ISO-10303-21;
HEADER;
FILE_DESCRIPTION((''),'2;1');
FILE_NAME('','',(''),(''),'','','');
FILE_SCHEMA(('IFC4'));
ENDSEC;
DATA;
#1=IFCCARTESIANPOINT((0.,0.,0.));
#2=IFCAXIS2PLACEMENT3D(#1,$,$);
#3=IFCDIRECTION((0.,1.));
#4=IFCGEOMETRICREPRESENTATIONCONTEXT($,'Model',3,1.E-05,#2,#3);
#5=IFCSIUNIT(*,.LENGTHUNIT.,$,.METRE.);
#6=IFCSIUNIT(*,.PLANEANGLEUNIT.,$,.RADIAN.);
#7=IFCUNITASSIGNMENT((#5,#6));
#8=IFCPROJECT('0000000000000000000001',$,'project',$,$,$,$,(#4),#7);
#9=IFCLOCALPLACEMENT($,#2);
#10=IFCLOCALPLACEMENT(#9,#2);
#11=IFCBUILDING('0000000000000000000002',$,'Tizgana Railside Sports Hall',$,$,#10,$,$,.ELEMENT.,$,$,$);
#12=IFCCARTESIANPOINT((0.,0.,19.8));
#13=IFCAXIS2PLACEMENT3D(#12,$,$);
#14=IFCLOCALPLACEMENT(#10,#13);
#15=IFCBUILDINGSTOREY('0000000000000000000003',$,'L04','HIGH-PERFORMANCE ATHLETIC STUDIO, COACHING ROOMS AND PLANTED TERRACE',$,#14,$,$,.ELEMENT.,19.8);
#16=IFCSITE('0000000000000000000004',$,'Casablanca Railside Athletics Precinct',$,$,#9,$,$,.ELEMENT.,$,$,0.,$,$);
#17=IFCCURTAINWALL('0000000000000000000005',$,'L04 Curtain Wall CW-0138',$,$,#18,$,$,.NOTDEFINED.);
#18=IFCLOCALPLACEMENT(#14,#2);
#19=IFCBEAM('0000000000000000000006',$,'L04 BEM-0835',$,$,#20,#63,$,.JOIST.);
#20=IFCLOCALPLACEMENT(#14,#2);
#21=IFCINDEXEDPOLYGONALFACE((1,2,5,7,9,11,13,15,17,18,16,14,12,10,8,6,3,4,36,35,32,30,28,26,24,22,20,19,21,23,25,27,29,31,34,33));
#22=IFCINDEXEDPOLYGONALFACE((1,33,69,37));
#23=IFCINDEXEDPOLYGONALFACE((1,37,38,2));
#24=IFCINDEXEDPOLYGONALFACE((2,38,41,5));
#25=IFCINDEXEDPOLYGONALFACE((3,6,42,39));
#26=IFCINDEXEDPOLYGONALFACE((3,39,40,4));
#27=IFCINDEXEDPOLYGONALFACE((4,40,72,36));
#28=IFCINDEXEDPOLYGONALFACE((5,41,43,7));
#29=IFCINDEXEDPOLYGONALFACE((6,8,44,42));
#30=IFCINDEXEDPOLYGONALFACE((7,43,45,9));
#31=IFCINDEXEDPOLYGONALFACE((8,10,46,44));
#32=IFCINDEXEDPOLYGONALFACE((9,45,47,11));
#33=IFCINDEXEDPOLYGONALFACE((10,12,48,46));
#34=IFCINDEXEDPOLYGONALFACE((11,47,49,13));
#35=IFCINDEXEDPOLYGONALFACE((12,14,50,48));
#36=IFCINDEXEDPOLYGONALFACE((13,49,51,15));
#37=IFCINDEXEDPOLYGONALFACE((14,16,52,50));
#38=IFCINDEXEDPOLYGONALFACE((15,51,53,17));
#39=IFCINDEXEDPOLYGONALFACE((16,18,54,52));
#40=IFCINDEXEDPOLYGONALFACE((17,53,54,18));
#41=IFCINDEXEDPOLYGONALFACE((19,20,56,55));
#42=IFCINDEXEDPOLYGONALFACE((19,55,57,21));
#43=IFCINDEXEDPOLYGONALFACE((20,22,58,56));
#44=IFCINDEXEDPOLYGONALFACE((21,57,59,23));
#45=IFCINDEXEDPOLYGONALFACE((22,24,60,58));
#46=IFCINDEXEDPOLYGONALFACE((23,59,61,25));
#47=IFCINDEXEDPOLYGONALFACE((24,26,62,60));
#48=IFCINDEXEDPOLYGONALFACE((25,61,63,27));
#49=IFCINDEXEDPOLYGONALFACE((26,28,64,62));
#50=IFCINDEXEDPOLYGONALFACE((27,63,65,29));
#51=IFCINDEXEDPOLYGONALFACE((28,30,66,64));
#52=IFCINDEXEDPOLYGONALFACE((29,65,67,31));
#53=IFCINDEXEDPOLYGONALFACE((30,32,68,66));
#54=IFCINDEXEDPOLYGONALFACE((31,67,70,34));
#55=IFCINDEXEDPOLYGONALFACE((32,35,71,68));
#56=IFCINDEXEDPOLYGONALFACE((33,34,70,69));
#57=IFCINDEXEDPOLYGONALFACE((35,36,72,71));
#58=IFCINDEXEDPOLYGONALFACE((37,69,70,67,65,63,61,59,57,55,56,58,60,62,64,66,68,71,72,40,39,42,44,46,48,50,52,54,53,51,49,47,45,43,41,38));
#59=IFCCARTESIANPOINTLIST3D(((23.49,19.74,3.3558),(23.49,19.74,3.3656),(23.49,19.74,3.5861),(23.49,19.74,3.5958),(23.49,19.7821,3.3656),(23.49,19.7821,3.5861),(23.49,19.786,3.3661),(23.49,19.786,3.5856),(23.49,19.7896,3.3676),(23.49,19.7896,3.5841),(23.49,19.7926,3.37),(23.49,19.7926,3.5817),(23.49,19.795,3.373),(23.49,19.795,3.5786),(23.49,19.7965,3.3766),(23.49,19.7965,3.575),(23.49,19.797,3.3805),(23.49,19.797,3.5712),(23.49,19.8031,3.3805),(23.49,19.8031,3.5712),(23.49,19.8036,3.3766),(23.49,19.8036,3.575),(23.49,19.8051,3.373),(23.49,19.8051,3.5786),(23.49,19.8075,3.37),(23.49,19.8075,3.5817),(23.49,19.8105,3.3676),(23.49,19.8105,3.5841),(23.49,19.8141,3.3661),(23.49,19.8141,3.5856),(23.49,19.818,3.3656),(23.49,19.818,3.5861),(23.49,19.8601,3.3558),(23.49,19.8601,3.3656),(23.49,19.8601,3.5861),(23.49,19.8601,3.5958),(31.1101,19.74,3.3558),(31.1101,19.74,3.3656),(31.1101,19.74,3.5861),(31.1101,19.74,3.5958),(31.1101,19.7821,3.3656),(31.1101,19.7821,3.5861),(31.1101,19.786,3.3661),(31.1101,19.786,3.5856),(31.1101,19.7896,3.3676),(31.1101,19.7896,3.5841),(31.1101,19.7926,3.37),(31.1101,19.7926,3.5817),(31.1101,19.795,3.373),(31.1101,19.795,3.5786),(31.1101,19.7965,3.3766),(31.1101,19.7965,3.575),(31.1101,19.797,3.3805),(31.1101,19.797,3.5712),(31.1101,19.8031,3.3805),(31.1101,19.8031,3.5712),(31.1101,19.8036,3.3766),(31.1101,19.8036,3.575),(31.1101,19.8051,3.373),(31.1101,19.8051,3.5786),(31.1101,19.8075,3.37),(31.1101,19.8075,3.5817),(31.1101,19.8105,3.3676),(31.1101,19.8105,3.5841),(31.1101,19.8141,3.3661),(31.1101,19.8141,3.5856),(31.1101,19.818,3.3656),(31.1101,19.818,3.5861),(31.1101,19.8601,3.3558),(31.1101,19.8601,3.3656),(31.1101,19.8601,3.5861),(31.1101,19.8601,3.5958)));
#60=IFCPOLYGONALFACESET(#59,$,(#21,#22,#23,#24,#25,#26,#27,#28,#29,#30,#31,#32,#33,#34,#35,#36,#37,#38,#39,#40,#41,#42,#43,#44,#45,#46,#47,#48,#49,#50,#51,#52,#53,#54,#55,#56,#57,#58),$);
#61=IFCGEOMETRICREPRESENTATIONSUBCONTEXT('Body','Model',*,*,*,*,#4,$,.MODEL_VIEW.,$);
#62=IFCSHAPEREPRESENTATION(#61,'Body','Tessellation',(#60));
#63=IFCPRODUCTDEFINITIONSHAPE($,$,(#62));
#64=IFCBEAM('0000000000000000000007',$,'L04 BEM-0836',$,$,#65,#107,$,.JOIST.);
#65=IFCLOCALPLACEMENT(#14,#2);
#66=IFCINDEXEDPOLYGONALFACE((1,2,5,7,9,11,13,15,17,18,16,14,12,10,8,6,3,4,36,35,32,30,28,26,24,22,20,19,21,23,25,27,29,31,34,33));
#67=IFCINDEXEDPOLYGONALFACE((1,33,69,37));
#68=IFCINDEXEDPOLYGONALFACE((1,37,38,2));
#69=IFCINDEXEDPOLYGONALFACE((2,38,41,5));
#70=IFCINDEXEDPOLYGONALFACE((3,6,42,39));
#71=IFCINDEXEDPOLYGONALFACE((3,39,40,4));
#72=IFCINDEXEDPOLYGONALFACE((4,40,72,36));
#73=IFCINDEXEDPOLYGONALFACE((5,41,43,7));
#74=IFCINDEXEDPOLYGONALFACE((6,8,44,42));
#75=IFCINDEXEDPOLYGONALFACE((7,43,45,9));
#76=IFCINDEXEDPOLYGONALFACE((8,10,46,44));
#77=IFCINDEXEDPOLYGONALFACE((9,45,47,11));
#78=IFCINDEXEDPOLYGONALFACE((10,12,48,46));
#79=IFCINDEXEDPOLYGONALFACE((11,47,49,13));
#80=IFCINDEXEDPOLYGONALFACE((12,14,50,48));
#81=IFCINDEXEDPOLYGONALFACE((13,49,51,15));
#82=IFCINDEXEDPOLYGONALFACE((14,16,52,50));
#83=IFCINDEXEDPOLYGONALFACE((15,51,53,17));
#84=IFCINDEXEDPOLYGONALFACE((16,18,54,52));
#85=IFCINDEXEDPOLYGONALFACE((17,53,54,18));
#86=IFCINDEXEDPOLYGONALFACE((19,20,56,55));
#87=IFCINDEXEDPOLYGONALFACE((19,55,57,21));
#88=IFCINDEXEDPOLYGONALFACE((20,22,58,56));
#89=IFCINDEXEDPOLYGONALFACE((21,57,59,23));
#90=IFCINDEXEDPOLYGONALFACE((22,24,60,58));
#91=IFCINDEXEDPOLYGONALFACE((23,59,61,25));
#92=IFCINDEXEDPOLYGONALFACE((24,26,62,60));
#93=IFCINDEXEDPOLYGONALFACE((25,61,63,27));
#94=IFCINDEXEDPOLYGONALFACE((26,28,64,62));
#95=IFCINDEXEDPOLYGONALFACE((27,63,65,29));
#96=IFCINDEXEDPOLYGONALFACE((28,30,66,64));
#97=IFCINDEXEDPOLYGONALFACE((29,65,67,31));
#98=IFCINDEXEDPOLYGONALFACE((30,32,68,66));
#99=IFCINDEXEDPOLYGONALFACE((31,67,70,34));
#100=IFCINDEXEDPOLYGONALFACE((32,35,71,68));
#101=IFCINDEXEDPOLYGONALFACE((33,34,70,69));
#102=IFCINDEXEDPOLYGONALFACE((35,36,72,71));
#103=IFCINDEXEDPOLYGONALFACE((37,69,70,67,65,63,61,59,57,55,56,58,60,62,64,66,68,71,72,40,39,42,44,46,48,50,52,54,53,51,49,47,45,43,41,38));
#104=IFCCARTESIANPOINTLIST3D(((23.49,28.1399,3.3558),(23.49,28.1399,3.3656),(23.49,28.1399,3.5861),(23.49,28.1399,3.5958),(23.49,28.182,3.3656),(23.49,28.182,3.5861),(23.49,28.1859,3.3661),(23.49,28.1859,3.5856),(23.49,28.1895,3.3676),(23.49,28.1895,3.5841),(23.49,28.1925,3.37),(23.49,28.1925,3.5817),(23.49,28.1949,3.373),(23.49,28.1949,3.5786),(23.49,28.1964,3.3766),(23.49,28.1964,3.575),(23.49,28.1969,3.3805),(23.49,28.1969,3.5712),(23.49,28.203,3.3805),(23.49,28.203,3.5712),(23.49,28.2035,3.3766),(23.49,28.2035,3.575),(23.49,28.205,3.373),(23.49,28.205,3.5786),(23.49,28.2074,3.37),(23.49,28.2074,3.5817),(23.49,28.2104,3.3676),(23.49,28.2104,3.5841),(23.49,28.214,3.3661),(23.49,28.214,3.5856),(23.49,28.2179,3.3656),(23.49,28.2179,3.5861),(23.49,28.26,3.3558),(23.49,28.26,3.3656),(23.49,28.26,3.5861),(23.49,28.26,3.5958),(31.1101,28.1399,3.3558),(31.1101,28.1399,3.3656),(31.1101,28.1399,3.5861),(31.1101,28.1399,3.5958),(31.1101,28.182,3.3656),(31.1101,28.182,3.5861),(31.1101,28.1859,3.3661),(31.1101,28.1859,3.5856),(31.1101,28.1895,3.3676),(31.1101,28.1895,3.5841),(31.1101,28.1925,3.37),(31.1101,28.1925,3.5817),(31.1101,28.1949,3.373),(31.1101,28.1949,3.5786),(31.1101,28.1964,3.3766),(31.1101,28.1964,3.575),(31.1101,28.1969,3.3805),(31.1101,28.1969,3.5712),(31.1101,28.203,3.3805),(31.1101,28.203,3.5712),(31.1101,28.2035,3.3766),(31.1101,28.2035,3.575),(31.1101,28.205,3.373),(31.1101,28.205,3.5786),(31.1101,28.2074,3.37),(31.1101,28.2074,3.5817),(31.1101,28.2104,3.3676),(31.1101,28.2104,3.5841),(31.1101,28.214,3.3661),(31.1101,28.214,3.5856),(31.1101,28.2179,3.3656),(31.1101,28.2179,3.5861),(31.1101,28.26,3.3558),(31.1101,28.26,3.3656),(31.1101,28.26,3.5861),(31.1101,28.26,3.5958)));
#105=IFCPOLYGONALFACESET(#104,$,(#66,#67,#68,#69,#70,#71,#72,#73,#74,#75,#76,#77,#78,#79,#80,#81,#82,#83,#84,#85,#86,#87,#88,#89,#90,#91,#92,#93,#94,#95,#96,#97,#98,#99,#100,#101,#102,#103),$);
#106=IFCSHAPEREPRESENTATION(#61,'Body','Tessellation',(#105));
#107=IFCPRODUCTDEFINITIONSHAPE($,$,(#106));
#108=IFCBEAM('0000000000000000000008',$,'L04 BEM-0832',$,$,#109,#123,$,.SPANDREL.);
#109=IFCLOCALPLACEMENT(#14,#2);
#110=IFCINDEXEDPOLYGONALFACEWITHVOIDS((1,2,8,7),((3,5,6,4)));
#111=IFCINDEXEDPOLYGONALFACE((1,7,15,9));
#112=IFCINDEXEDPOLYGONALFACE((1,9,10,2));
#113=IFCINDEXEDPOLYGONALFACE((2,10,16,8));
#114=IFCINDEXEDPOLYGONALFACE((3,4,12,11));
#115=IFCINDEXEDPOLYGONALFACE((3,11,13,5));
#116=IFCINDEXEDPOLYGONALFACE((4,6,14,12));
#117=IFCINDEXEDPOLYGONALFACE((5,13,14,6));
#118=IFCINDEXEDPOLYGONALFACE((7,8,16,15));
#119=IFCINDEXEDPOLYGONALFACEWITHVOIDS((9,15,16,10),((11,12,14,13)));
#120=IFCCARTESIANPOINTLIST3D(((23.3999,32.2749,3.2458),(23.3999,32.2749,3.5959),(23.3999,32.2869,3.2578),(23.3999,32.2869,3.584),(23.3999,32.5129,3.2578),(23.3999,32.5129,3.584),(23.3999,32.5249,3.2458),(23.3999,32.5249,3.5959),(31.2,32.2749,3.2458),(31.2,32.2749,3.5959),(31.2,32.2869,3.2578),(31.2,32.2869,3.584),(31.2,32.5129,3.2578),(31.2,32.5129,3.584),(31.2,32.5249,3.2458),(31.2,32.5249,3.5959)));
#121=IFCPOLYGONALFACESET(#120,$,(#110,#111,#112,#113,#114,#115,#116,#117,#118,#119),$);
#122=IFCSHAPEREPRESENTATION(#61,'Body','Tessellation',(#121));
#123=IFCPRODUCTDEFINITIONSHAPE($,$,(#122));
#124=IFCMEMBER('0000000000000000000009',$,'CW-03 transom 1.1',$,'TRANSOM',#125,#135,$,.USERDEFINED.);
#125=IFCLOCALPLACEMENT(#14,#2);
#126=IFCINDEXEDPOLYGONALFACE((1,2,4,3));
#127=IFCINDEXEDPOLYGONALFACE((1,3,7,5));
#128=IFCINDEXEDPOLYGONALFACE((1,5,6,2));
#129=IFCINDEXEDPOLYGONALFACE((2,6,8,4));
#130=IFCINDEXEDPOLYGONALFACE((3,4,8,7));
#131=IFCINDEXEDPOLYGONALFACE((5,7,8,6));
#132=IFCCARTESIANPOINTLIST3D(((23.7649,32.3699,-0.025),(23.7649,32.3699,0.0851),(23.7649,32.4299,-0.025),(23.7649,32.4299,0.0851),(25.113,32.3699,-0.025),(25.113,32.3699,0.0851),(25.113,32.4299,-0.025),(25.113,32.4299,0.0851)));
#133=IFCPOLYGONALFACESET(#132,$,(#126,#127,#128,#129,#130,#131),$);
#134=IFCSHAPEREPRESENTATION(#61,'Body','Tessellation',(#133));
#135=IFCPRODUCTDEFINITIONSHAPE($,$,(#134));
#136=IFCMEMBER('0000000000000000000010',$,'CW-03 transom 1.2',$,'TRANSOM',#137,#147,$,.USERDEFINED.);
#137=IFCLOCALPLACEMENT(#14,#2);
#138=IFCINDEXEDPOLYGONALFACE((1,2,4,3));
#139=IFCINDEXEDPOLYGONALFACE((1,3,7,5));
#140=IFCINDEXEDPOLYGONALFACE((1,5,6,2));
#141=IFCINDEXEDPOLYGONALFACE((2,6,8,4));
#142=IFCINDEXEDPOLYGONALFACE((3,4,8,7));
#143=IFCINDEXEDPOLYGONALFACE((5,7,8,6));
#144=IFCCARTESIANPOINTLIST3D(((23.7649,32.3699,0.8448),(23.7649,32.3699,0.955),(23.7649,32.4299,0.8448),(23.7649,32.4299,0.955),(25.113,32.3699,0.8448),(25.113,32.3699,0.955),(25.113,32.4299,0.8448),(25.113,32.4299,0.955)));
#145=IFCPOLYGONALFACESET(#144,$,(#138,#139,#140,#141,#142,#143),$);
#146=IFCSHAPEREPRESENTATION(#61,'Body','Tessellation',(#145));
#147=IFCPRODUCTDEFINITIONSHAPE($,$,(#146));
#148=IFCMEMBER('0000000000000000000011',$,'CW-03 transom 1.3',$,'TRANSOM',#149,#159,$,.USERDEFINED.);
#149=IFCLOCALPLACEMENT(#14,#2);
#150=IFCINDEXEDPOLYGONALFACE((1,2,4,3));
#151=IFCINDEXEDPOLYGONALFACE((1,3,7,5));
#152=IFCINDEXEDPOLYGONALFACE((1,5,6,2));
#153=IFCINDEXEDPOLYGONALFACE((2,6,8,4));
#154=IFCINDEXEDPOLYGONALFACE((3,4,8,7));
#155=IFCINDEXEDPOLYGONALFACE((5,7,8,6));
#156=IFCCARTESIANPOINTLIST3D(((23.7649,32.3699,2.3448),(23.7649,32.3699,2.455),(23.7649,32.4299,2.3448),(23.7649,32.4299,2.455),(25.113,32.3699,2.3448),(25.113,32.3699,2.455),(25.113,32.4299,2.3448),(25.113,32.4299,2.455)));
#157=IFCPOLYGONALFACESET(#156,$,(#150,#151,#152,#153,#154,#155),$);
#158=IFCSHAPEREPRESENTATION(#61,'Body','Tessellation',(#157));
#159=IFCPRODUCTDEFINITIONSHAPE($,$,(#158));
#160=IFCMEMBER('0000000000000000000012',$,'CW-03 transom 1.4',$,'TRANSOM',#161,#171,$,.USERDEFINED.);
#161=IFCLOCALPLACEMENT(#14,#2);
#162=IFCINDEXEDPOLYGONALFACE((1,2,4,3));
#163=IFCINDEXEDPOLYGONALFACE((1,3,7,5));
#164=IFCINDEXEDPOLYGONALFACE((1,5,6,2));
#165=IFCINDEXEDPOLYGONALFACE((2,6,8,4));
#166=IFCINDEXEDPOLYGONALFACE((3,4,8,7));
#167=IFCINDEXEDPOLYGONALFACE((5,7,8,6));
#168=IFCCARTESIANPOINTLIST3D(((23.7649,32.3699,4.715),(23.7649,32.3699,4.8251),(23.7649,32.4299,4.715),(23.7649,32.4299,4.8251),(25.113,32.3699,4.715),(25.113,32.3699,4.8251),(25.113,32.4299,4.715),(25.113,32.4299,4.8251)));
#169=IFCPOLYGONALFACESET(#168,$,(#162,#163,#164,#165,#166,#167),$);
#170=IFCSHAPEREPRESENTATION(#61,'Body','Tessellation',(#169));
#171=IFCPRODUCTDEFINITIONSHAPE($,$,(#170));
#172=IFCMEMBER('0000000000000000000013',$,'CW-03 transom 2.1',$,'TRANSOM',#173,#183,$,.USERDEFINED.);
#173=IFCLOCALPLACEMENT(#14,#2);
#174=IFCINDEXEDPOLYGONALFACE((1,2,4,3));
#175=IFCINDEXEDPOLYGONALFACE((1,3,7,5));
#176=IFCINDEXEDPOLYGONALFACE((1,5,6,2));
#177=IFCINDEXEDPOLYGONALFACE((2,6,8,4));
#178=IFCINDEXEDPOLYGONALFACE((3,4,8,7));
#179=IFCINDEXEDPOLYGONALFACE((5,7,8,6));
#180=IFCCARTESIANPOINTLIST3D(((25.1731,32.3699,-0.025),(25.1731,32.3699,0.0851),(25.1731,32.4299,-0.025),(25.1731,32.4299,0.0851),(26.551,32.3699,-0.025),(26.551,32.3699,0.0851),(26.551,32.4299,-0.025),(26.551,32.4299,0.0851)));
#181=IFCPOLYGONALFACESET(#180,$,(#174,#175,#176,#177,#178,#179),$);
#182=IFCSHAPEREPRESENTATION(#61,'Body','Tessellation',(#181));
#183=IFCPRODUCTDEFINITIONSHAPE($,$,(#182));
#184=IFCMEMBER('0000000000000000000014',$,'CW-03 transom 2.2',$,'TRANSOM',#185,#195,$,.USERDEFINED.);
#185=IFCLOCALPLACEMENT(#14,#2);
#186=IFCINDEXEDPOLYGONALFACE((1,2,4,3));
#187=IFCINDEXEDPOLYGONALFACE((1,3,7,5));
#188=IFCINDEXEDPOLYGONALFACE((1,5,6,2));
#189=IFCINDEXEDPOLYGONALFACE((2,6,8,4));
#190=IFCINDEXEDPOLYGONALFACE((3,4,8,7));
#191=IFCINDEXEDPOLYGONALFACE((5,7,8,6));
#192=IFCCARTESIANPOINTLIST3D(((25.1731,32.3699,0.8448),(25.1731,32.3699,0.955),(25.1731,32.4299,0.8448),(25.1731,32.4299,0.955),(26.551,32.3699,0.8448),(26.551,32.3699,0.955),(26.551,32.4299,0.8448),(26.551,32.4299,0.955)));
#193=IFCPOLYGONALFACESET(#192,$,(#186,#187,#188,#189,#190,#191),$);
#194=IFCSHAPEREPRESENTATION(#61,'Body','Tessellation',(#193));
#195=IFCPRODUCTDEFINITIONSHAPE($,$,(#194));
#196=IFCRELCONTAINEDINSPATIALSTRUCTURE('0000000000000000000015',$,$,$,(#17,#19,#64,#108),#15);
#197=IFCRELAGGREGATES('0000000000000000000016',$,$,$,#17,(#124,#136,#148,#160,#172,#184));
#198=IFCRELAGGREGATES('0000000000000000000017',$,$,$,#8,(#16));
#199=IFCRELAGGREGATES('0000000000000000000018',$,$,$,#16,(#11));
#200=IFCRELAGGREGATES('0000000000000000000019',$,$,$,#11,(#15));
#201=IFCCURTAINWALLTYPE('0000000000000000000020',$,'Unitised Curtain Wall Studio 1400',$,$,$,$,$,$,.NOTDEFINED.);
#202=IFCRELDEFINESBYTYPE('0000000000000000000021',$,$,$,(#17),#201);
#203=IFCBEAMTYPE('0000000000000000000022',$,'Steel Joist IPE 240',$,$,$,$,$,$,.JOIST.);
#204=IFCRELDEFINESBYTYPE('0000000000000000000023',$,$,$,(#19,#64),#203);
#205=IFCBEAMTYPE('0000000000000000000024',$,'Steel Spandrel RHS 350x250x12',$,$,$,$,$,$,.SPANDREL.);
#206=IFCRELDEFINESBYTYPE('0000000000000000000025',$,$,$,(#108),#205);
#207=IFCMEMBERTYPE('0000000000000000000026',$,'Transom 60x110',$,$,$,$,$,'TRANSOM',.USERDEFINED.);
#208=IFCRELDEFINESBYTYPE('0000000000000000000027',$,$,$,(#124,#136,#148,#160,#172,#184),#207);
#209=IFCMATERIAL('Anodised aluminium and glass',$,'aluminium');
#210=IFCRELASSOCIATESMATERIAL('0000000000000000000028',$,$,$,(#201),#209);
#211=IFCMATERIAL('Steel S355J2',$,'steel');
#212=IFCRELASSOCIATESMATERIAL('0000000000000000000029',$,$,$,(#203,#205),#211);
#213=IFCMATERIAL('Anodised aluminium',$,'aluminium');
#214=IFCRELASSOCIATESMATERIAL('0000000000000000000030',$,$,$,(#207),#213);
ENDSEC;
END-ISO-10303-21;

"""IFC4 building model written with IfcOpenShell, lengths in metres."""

from ifc_helpers import new_model, si_unit, direction, frame, origin, origin_2d, place, context, subcontext, project, spatial, rectangle, hollow_rectangle, i_section, extrude, material, material_profile, profile_set, type_object, element, aggregate, save


model = new_model("IFC4")

# Units and contexts
model_context = context("Model", 3, precision=1e-05, world=origin(), true_north=direction((0.0, 1.0)))
body_context = subcontext(model_context, "Body", "Model", "MODEL_VIEW")
ifc_project = project(units=[si_unit("LENGTHUNIT", "METRE"), si_unit("PLANEANGLEUNIT", "RADIAN")], contexts=[model_context])

# Site, building, storey
site_placement = place(None, origin())
site = spatial("IfcSite", under=ifc_project, at=site_placement, Name="Casablanca Railside Athletics Precinct", CompositionType="ELEMENT", RefElevation=0.0)
building_placement = place(site_placement, origin())
building = spatial("IfcBuilding", under=site, at=building_placement, Name="Tizgana Railside Sports Hall", CompositionType="ELEMENT")
storey_placement = place(building_placement, frame((0.0, 0.0, 19.8)))
storey = spatial("IfcBuildingStorey", under=building, at=storey_placement, Name="L04", Description="HIGH-PERFORMANCE ATHLETIC STUDIO, COACHING ROOMS AND PLANTED TERRACE", CompositionType="ELEMENT", Elevation=19.8)

# Curtain wall
ifc_material_1 = material(Name="Anodised aluminium and glass", Category="aluminium")
curtain_wall_type = type_object("IfcCurtainWallType", Name="Unitised Curtain Wall Studio 1400", PredefinedType="NOTDEFINED", material=ifc_material_1)
curtain_wall_placement = place(storey_placement, origin())
curtain_wall = element("IfcCurtainWall", 1, at=curtain_wall_placement, inside=storey, type_object=curtain_wall_type, Name="L04 Curtain Wall CW-0138", PredefinedType="NOTDEFINED")
ifc_material_2 = material(Name="Anodised aluminium", Category="aluminium")

# Beams
ifc_material_3 = material(Name="Steel S355J2", Category="steel")
ifc_material_profile_1 = material_profile(ifc_material_3, i_section(OverallWidth=0.1201, OverallDepth=0.24, WebThickness=0.0061, FlangeThickness=0.0098, FilletRadius=0.0149, at=origin_2d()), Name="IPE 240")
ifc_profile_set_1 = profile_set([ifc_material_profile_1], Name="Steel S355J2")
beam_type_1 = type_object("IfcBeamType", Name="Steel Joist IPE 240", PredefinedType="JOIST", material=ifc_profile_set_1)
for number, where, z_axis, x_axis, name in (
    (2, (23.49, 19.8, 3.4758), (1.0, 0.0, 0.0), (0.0, 1.0, 0.0), "L04 BEM-0835"),
    (3, (23.49, 28.2, 3.4758), (1.0, 0.0, 0.0), (0.0, 1.0, 0.0), "L04 BEM-0836"),
):
    element("IfcBeam", number, at=place(storey_placement, frame(where, z_axis=z_axis, x_axis=x_axis)), inside=storey, type_object=beam_type_1, Name=name, PredefinedType="JOIST", context=body_context, shape_type="SweptSolid", body=[
        extrude(i_section(OverallWidth=0.1201, OverallDepth=0.24, WebThickness=0.0061, FlangeThickness=0.0098, FilletRadius=0.0149, at=origin_2d()), origin(), (0.0, 0.0, 1.0), 7.6201),
    ])
ifc_material_profile_2 = material_profile(ifc_material_3, hollow_rectangle(XDim=0.25, YDim=0.3501, WallThickness=0.012, at=origin_2d()), Name="RHS 350x250x12")
ifc_profile_set_2 = profile_set([ifc_material_profile_2], Name="Steel S355J2")
beam_type_2 = type_object("IfcBeamType", Name="Steel Spandrel RHS 350x250x12", PredefinedType="SPANDREL", material=ifc_profile_set_2)
beam_1_placement = place(storey_placement, frame((23.3999, 32.3999, 3.4209), z_axis=(1.0, 0.0, 0.0), x_axis=(0.0, 1.0, 0.0)))
element("IfcBeam", 4, at=beam_1_placement, inside=storey, type_object=beam_type_2, Name="L04 BEM-0832", PredefinedType="SPANDREL", context=body_context, shape_type="SweptSolid", body=[
    extrude(hollow_rectangle(XDim=0.25, YDim=0.3501, WallThickness=0.012, at=origin_2d()), origin(), (0.0, 0.0, 1.0), 7.8),
])

# Members
ifc_material_profile_3 = material_profile(ifc_material_2, rectangle(XDim=0.0601, YDim=0.1101, at=origin_2d()), Name="Transom 60x110")
ifc_profile_set_3 = profile_set([ifc_material_profile_3], Name="Anodised aluminium")
member_type_1 = type_object("IfcMemberType", Name="Transom 60x110", ElementType="TRANSOM", PredefinedType="USERDEFINED", material=ifc_profile_set_3)
member_1_placement = place(storey_placement, frame((23.7649, 32.3999, 0.03), z_axis=(1.0, 0.0, 0.0), x_axis=(0.0, 1.0, 0.0)))
member_1 = element("IfcMember", 5, at=member_1_placement, type_object=member_type_1, Name="CW-03 transom 1.1", ObjectType="TRANSOM", PredefinedType="USERDEFINED", context=body_context, shape_type="SweptSolid", body=[
    extrude(rectangle(XDim=0.0601, YDim=0.1101, at=origin_2d()), origin(), (0.0, 0.0, 1.0), 1.3481),
])
member_2_placement = place(storey_placement, frame((23.7649, 32.3999, 0.8999), z_axis=(1.0, 0.0, 0.0), x_axis=(0.0, 1.0, 0.0)))
member_2 = element("IfcMember", 6, at=member_2_placement, type_object=member_type_1, Name="CW-03 transom 1.2", ObjectType="TRANSOM", PredefinedType="USERDEFINED", context=body_context, shape_type="SweptSolid", body=[
    extrude(rectangle(XDim=0.0601, YDim=0.1101, at=origin_2d()), origin(), (0.0, 0.0, 1.0), 1.3481),
])
member_3_placement = place(storey_placement, frame((23.7649, 32.3999, 2.3999), z_axis=(1.0, 0.0, 0.0), x_axis=(0.0, 1.0, 0.0)))
member_3 = element("IfcMember", 7, at=member_3_placement, type_object=member_type_1, Name="CW-03 transom 1.3", ObjectType="TRANSOM", PredefinedType="USERDEFINED", context=body_context, shape_type="SweptSolid", body=[
    extrude(rectangle(XDim=0.0601, YDim=0.1101, at=origin_2d()), origin(), (0.0, 0.0, 1.0), 1.3481),
])
member_4_placement = place(storey_placement, frame((23.7649, 32.3999, 4.77), z_axis=(1.0, 0.0, 0.0), x_axis=(0.0, 1.0, 0.0)))
member_4 = element("IfcMember", 8, at=member_4_placement, type_object=member_type_1, Name="CW-03 transom 1.4", ObjectType="TRANSOM", PredefinedType="USERDEFINED", context=body_context, shape_type="SweptSolid", body=[
    extrude(rectangle(XDim=0.0601, YDim=0.1101, at=origin_2d()), origin(), (0.0, 0.0, 1.0), 1.3481),
])
member_5_placement = place(storey_placement, frame((25.1731, 32.3999, 0.03), z_axis=(1.0, 0.0, 0.0), x_axis=(0.0, 1.0, 0.0)))
member_5 = element("IfcMember", 9, at=member_5_placement, type_object=member_type_1, Name="CW-03 transom 2.1", ObjectType="TRANSOM", PredefinedType="USERDEFINED", context=body_context, shape_type="SweptSolid", body=[
    extrude(rectangle(XDim=0.0601, YDim=0.1101, at=origin_2d()), origin(), (0.0, 0.0, 1.0), 1.3779),
])
member_6_placement = place(storey_placement, frame((25.1731, 32.3999, 0.8999), z_axis=(1.0, 0.0, 0.0), x_axis=(0.0, 1.0, 0.0)))
member_6 = element("IfcMember", 10, at=member_6_placement, type_object=member_type_1, Name="CW-03 transom 2.2", ObjectType="TRANSOM", PredefinedType="USERDEFINED", context=body_context, shape_type="SweptSolid", body=[
    extrude(rectangle(XDim=0.0601, YDim=0.1101, at=origin_2d()), origin(), (0.0, 0.0, 1.0), 1.3779),
])

aggregate(curtain_wall, [member_1, member_2, member_3, member_4, member_5, member_6])

save(model, "model.ifc")
